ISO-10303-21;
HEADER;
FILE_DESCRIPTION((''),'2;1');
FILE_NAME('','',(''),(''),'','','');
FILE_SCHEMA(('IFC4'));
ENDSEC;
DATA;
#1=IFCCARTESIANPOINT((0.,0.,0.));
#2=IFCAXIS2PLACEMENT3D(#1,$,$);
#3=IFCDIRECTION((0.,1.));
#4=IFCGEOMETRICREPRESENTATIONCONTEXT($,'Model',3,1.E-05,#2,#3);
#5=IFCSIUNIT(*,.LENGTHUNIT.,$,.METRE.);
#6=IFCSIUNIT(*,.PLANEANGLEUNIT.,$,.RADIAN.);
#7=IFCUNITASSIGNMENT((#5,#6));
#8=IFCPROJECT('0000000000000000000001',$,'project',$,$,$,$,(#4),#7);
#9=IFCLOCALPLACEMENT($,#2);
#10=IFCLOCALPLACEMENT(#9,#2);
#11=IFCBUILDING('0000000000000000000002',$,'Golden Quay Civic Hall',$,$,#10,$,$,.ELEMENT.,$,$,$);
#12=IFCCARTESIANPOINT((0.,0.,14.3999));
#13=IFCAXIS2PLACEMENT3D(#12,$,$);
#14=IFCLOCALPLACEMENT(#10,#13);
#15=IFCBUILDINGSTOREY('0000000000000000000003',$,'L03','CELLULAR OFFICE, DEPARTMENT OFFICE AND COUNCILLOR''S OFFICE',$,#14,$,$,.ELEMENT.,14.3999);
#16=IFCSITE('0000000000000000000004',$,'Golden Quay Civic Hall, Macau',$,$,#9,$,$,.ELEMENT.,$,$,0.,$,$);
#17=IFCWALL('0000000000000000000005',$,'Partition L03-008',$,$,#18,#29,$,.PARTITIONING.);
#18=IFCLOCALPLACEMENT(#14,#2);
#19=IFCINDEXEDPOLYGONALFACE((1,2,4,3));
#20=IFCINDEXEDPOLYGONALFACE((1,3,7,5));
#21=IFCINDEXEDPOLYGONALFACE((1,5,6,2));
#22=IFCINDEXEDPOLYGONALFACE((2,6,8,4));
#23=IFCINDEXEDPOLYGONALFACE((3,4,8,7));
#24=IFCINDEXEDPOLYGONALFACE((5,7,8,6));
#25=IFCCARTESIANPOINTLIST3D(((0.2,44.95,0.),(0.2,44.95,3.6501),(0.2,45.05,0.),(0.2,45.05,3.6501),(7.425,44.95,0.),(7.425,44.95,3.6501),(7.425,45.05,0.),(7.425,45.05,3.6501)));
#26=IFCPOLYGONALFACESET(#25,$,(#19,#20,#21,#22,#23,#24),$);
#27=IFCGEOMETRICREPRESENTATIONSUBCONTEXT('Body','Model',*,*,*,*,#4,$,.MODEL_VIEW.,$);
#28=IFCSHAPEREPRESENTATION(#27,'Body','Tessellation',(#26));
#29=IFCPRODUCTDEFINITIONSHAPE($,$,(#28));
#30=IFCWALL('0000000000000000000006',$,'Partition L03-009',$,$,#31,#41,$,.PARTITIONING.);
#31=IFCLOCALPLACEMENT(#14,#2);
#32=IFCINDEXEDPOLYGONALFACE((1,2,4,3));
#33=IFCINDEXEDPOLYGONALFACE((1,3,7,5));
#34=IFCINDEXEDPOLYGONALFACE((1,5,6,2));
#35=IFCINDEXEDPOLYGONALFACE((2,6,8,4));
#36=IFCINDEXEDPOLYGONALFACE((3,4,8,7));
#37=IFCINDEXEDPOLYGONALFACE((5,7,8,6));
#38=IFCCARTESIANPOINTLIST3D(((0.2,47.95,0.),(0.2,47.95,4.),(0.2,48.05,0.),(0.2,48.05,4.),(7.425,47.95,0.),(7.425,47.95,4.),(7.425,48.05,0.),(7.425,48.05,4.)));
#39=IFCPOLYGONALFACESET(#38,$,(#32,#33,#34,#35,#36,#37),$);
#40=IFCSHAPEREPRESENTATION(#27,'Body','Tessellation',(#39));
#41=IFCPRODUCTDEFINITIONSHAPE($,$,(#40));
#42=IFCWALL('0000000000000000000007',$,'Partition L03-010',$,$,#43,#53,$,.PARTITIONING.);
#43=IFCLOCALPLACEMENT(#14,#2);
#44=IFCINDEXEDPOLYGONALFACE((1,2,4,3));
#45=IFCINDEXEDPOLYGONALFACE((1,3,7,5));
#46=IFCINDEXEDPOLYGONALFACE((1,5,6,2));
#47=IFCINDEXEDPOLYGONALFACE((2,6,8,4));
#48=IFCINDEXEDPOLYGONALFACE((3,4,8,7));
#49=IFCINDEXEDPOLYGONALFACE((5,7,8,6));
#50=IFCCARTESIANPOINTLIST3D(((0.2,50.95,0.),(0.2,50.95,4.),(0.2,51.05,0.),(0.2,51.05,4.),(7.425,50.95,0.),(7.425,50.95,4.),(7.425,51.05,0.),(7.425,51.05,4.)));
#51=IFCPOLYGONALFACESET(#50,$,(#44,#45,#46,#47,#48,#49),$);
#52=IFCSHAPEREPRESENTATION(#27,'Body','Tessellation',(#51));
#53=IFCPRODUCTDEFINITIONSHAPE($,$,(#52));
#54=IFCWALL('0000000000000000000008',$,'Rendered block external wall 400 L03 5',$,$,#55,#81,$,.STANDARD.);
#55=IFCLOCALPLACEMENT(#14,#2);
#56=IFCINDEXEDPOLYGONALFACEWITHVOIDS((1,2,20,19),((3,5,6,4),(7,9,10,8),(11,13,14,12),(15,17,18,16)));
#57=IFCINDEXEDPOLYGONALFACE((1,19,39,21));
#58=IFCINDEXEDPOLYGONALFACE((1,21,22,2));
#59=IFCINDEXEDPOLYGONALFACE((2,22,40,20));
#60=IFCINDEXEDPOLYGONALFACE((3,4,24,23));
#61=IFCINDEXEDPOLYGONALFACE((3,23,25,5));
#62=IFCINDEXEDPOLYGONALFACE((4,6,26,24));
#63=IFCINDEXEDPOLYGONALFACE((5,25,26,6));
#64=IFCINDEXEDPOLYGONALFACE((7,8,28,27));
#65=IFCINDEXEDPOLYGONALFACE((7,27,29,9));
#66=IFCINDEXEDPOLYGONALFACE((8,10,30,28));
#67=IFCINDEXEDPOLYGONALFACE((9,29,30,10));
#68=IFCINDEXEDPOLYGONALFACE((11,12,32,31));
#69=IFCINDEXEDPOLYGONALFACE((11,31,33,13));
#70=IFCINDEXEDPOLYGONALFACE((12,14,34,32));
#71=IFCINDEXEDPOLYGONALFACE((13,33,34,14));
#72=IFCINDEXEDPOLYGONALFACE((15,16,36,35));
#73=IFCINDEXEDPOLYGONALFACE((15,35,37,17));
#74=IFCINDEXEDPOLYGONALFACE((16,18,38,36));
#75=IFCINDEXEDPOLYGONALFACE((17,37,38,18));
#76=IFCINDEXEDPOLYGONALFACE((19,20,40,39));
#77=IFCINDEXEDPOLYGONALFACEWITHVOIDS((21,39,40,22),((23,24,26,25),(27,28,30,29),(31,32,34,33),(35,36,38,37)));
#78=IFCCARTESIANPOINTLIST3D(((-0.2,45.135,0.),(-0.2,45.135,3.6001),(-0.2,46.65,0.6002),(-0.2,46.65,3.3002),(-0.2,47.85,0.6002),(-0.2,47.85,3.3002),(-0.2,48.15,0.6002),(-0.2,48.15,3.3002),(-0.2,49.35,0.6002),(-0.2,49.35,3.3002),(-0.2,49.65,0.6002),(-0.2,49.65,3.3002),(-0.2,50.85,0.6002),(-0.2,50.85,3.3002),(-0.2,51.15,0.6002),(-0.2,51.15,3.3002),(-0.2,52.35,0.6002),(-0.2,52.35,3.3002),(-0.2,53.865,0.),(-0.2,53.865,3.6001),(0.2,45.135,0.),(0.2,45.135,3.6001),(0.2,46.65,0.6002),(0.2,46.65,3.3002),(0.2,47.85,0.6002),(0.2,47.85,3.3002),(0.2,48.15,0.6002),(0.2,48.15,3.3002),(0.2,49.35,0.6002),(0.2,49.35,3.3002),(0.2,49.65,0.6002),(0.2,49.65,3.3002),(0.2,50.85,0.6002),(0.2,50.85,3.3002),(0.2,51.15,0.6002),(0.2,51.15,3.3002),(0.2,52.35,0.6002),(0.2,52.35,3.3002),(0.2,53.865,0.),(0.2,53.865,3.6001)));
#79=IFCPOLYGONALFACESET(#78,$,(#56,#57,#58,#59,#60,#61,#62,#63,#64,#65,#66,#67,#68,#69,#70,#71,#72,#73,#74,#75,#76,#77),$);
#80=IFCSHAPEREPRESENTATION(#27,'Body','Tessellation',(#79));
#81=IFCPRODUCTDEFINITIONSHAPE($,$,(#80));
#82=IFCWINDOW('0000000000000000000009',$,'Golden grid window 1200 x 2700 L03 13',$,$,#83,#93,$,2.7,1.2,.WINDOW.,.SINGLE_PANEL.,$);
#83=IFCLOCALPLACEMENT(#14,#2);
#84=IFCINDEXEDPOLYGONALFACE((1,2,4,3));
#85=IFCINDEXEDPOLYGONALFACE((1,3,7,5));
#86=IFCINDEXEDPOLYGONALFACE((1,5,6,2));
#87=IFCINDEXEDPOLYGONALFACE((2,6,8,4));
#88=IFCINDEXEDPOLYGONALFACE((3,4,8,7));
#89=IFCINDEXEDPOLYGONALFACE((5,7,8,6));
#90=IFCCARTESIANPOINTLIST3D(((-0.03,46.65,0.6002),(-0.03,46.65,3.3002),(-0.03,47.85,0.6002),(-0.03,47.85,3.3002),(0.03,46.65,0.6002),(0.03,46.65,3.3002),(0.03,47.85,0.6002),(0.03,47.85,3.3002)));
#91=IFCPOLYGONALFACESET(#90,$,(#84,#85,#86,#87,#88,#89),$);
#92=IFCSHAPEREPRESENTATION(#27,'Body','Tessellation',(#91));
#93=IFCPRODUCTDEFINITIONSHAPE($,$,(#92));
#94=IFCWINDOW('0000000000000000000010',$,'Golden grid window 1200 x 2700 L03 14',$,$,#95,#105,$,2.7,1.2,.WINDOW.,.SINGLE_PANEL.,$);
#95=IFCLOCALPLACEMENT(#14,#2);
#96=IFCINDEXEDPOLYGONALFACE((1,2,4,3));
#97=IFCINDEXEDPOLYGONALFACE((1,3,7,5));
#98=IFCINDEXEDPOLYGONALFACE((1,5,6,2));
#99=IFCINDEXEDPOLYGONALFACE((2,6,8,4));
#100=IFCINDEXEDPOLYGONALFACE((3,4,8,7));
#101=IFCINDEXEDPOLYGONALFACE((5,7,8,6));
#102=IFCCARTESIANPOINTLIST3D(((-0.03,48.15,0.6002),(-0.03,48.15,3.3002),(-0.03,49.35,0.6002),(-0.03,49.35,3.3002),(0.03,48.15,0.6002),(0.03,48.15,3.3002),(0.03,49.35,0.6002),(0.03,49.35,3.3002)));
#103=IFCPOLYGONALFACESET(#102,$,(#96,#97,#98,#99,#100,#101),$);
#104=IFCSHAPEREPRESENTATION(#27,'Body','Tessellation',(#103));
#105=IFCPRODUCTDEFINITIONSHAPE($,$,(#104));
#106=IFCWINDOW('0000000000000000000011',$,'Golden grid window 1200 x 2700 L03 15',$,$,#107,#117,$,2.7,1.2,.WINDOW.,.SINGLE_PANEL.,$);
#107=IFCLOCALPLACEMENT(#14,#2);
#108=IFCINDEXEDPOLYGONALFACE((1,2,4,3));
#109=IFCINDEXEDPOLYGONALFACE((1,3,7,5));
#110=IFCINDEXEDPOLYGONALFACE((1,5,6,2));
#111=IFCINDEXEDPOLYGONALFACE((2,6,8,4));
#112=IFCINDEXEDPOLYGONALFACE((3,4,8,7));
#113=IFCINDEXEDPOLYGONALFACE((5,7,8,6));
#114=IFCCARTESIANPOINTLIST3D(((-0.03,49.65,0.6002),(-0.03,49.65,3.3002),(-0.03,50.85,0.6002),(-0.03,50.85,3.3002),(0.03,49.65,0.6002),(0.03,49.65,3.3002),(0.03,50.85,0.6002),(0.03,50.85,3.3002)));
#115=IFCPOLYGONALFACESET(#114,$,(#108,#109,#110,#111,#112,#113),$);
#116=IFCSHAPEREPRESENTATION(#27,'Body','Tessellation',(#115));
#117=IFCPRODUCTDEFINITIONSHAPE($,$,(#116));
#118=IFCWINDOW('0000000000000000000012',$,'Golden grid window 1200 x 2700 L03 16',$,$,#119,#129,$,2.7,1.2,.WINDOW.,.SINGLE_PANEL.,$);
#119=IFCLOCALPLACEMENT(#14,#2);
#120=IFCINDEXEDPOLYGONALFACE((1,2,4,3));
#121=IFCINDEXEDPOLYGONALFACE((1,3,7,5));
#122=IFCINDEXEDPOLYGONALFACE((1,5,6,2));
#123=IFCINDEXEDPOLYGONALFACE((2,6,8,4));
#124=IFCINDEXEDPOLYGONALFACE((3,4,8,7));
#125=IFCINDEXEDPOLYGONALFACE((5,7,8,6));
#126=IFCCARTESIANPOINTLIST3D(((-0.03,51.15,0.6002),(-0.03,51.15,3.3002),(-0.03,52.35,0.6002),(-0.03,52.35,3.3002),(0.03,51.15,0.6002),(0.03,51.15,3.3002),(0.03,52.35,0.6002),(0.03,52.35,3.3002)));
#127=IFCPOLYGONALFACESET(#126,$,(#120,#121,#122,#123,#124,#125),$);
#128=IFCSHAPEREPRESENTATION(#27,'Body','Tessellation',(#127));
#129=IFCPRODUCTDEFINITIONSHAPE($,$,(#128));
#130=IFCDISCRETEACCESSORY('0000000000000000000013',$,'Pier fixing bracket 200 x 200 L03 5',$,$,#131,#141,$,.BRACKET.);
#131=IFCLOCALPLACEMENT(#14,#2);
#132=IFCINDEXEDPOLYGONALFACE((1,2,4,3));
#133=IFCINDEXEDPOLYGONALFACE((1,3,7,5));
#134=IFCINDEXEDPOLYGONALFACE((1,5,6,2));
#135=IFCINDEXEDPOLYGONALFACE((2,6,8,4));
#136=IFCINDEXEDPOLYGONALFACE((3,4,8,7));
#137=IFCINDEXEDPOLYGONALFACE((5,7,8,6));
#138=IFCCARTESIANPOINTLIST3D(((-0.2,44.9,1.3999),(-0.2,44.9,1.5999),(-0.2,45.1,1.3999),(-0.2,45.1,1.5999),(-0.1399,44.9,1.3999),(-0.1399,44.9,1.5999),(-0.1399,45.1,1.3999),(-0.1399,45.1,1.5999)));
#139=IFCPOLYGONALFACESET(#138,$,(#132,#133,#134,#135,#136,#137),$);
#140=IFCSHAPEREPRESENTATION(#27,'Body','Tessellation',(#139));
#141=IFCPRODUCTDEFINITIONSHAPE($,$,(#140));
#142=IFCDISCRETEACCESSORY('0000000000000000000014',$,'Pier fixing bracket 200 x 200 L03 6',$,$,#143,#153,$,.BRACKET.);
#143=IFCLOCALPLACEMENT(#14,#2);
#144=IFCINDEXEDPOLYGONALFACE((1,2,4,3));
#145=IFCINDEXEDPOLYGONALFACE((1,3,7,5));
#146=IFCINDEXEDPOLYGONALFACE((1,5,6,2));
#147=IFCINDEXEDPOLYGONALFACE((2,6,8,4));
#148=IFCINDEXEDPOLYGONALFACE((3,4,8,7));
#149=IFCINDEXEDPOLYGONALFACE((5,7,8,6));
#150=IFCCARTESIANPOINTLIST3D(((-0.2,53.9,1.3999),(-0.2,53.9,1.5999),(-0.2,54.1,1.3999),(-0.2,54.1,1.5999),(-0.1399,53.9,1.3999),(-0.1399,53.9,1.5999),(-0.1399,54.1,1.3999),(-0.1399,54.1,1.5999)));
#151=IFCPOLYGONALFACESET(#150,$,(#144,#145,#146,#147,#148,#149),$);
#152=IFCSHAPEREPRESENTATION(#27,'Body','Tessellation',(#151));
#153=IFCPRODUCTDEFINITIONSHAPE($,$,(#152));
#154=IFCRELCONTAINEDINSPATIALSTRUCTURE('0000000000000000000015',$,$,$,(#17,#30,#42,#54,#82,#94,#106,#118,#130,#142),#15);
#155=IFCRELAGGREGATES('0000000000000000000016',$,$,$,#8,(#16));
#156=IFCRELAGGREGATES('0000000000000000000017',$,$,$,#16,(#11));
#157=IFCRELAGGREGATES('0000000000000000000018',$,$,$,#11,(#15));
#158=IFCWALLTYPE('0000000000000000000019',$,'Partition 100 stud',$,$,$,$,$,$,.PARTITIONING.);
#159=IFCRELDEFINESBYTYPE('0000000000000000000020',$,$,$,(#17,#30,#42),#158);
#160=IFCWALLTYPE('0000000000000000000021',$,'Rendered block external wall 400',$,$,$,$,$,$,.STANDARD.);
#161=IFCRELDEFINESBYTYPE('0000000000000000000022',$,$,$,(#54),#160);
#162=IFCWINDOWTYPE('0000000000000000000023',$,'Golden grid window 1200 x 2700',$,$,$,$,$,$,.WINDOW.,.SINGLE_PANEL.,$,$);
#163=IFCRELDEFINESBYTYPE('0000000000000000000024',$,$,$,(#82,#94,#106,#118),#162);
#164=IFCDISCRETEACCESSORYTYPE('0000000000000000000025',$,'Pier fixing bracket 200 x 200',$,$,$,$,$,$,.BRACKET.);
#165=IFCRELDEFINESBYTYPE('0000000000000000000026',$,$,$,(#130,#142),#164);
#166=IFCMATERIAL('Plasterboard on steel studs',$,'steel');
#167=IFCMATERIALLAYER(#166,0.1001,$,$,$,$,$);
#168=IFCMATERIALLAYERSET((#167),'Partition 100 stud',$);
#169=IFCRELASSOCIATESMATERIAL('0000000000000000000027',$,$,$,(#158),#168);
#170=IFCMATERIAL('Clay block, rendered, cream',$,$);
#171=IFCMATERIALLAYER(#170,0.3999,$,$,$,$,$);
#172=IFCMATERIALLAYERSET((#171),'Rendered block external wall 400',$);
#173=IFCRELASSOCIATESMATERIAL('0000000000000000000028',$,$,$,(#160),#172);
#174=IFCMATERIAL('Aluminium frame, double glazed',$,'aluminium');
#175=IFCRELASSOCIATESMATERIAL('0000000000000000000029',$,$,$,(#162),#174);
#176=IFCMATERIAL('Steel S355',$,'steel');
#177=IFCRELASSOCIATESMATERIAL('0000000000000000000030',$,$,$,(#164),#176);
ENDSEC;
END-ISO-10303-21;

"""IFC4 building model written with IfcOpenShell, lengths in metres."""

from ifc_helpers import new_model, si_unit, direction, frame, frame_2d, origin, origin_2d, place, context, subcontext, project, spatial, rectangle, extrude, material, layer, layer_set, type_object, element, fill, save


model = new_model("IFC4")

# Units and contexts
model_context = context("Model", 3, precision=1e-05, world=origin(), true_north=direction((0.0, 1.0)))
body_context = subcontext(model_context, "Body", "Model", "MODEL_VIEW")
ifc_project = project(units=[si_unit("LENGTHUNIT", "METRE"), si_unit("PLANEANGLEUNIT", "RADIAN")], contexts=[model_context])

# Site, building, storey
site_placement = place(None, origin())
site = spatial("IfcSite", under=ifc_project, at=site_placement, Name="Golden Quay Civic Hall, Macau", CompositionType="ELEMENT", RefElevation=0.0)
building_placement = place(site_placement, origin())
building = spatial("IfcBuilding", under=site, at=building_placement, Name="Golden Quay Civic Hall", CompositionType="ELEMENT")
storey_placement = place(building_placement, frame((0.0, 0.0, 14.3999)))
storey = spatial("IfcBuildingStorey", under=building, at=storey_placement, Name="L03", Description="CELLULAR OFFICE, DEPARTMENT OFFICE AND COUNCILLOR'S OFFICE", CompositionType="ELEMENT", Elevation=14.3999)

# Walls
ifc_material_1 = material(Name="Plasterboard on steel studs", Category="steel")
ifc_layer_1 = layer(ifc_material_1, 0.1001)
ifc_layer_set_1 = layer_set([ifc_layer_1], Name="Partition 100 stud")
wall_type_1 = type_object("IfcWallType", Name="Partition 100 stud", PredefinedType="PARTITIONING", material=ifc_layer_set_1)
wall_1_placement = place(storey_placement, frame((0.2, 45.0, 0.0), z_axis=(0.0, 0.0, 1.0), x_axis=(1.0, 0.0, 0.0)))
element("IfcWall", 1, at=wall_1_placement, inside=storey, type_object=wall_type_1, Name="Partition L03-008", PredefinedType="PARTITIONING", context=body_context, shape_type="SweptSolid", body=[
    extrude(rectangle(XDim=7.2251, YDim=0.1001, at=frame_2d((3.6125, 0.0))), origin(), (0.0, 0.0, 1.0), 3.6501),
])
for number, where, z_axis, x_axis, name in (
    (2, (0.2, 48.0, 0.0), (0.0, 0.0, 1.0), (1.0, 0.0, 0.0), "Partition L03-009"),
    (3, (0.2, 51.0, 0.0), (0.0, 0.0, 1.0), (1.0, 0.0, 0.0), "Partition L03-010"),
):
    element("IfcWall", number, at=place(storey_placement, frame(where, z_axis=z_axis, x_axis=x_axis)), inside=storey, type_object=wall_type_1, Name=name, PredefinedType="PARTITIONING", context=body_context, shape_type="SweptSolid", body=[
        extrude(rectangle(XDim=7.2251, YDim=0.1001, at=frame_2d((3.6125, 0.0))), origin(), (0.0, 0.0, 1.0), 4.0),
    ])

# Wall, openings, windows
ifc_material_2 = material(Name="Clay block, rendered, cream")
ifc_layer_2 = layer(ifc_material_2, 0.3999)
ifc_layer_set_2 = layer_set([ifc_layer_2], Name="Rendered block external wall 400")
wall_type_2 = type_object("IfcWallType", Name="Rendered block external wall 400", PredefinedType="STANDARD", material=ifc_layer_set_2)
wall_2_placement = place(storey_placement, frame((0.0, 45.135, 0.0), z_axis=(0.0, 0.0, 1.0), x_axis=(0.0, 1.0, 0.0)))
wall_2 = element("IfcWall", 4, at=wall_2_placement, inside=storey, type_object=wall_type_2, Name="Rendered block external wall 400 L03 5", PredefinedType="STANDARD", context=body_context, shape_type="SweptSolid", body=[
    extrude(rectangle(XDim=8.73, YDim=0.3999, at=frame_2d((4.365, 0.0))), origin(), (0.0, 0.0, 1.0), 3.6001),
])
opening_1_placement = place(wall_2_placement, frame((1.5149, 0.0, 0.6001)))
opening_1 = element("IfcOpeningElement", 5, at=opening_1_placement, cuts=wall_2, PredefinedType="OPENING", context=body_context, shape_type="SweptSolid", body=[
    extrude(rectangle(XDim=1.2, YDim=2.7, at=frame_2d((0.6001, 1.3501))), frame((0.0, 0.21, 0.0), z_axis=(0.0, -1.0, 0.0), x_axis=(1.0, 0.0, 0.0)), (0.0, 0.0, 1.0), 0.4199),
])
opening_2_placement = place(wall_2_placement, frame((3.0149, 0.0, 0.6001)))
opening_2 = element("IfcOpeningElement", 6, at=opening_2_placement, cuts=wall_2, PredefinedType="OPENING", context=body_context, shape_type="SweptSolid", body=[
    extrude(rectangle(XDim=1.2, YDim=2.7, at=frame_2d((0.6001, 1.3501))), frame((0.0, 0.21, 0.0), z_axis=(0.0, -1.0, 0.0), x_axis=(1.0, 0.0, 0.0)), (0.0, 0.0, 1.0), 0.4199),
])
opening_3_placement = place(wall_2_placement, frame((4.5149, 0.0, 0.6001)))
opening_3 = element("IfcOpeningElement", 7, at=opening_3_placement, cuts=wall_2, PredefinedType="OPENING", context=body_context, shape_type="SweptSolid", body=[
    extrude(rectangle(XDim=1.2, YDim=2.7, at=frame_2d((0.6001, 1.3501))), frame((0.0, 0.21, 0.0), z_axis=(0.0, -1.0, 0.0), x_axis=(1.0, 0.0, 0.0)), (0.0, 0.0, 1.0), 0.4199),
])
opening_4_placement = place(wall_2_placement, frame((6.0149, 0.0, 0.6001)))
opening_4 = element("IfcOpeningElement", 8, at=opening_4_placement, cuts=wall_2, PredefinedType="OPENING", context=body_context, shape_type="SweptSolid", body=[
    extrude(rectangle(XDim=1.2, YDim=2.7, at=frame_2d((0.6001, 1.3501))), frame((0.0, 0.21, 0.0), z_axis=(0.0, -1.0, 0.0), x_axis=(1.0, 0.0, 0.0)), (0.0, 0.0, 1.0), 0.4199),
])
ifc_material_3 = material(Name="Aluminium frame, double glazed", Category="aluminium")
window_type = type_object("IfcWindowType", Name="Golden grid window 1200 x 2700", PartitioningType="SINGLE_PANEL", PredefinedType="WINDOW", material=ifc_material_3)
window_1_placement = place(opening_1_placement, origin())
window_1 = element("IfcWindow", 9, at=window_1_placement, inside=storey, type_object=window_type, Name="Golden grid window 1200 x 2700 L03 13", OverallHeight=2.7, OverallWidth=1.2, PartitioningType="SINGLE_PANEL", PredefinedType="WINDOW", context=body_context, shape_type="SweptSolid", body=[
    extrude(rectangle(XDim=1.2, YDim=2.7, at=frame_2d((0.6001, 1.3501))), frame((0.0, 0.03, 0.0), z_axis=(0.0, -1.0, 0.0), x_axis=(1.0, 0.0, 0.0)), (0.0, 0.0, 1.0), 0.0601),
])
fill(opening_1, window_1)
window_2_placement = place(opening_2_placement, origin())
window_2 = element("IfcWindow", 10, at=window_2_placement, inside=storey, type_object=window_type, Name="Golden grid window 1200 x 2700 L03 14", OverallHeight=2.7, OverallWidth=1.2, PartitioningType="SINGLE_PANEL", PredefinedType="WINDOW", context=body_context, shape_type="SweptSolid", body=[
    extrude(rectangle(XDim=1.2, YDim=2.7, at=frame_2d((0.6001, 1.3501))), frame((0.0, 0.03, 0.0), z_axis=(0.0, -1.0, 0.0), x_axis=(1.0, 0.0, 0.0)), (0.0, 0.0, 1.0), 0.0601),
])
fill(opening_2, window_2)
window_3_placement = place(opening_3_placement, origin())
window_3 = element("IfcWindow", 11, at=window_3_placement, inside=storey, type_object=window_type, Name="Golden grid window 1200 x 2700 L03 15", OverallHeight=2.7, OverallWidth=1.2, PartitioningType="SINGLE_PANEL", PredefinedType="WINDOW", context=body_context, shape_type="SweptSolid", body=[
    extrude(rectangle(XDim=1.2, YDim=2.7, at=frame_2d((0.6001, 1.3501))), frame((0.0, 0.03, 0.0), z_axis=(0.0, -1.0, 0.0), x_axis=(1.0, 0.0, 0.0)), (0.0, 0.0, 1.0), 0.0601),
])
fill(opening_3, window_3)
window_4_placement = place(opening_4_placement, origin())
window_4 = element("IfcWindow", 12, at=window_4_placement, inside=storey, type_object=window_type, Name="Golden grid window 1200 x 2700 L03 16", OverallHeight=2.7, OverallWidth=1.2, PartitioningType="SINGLE_PANEL", PredefinedType="WINDOW", context=body_context, shape_type="SweptSolid", body=[
    extrude(rectangle(XDim=1.2, YDim=2.7, at=frame_2d((0.6001, 1.3501))), frame((0.0, 0.03, 0.0), z_axis=(0.0, -1.0, 0.0), x_axis=(1.0, 0.0, 0.0)), (0.0, 0.0, 1.0), 0.0601),
])
fill(opening_4, window_4)

# Discrete accessories
ifc_material_4 = material(Name="Steel S355", Category="steel")
discrete_accessory_type = type_object("IfcDiscreteAccessoryType", Name="Pier fixing bracket 200 x 200", PredefinedType="BRACKET", material=ifc_material_4)
for number, where, z_axis, x_axis, name in (
    (13, (-0.1699, 45.0, 1.3999), (0.0, 0.0, 1.0), (0.0, -1.0, 0.0), "Pier fixing bracket 200 x 200 L03 5"),
    (14, (-0.1699, 54.0, 1.3999), (0.0, 0.0, 1.0), (0.0, -1.0, 0.0), "Pier fixing bracket 200 x 200 L03 6"),
):
    element("IfcDiscreteAccessory", number, at=place(storey_placement, frame(where, z_axis=z_axis, x_axis=x_axis)), inside=storey, type_object=discrete_accessory_type, Name=name, PredefinedType="BRACKET", context=body_context, shape_type="SweptSolid", body=[
        extrude(rectangle(XDim=0.2, YDim=0.0601, at=origin_2d()), origin(), (0.0, 0.0, 1.0), 0.2),
    ])

save(model, "model.ifc")
